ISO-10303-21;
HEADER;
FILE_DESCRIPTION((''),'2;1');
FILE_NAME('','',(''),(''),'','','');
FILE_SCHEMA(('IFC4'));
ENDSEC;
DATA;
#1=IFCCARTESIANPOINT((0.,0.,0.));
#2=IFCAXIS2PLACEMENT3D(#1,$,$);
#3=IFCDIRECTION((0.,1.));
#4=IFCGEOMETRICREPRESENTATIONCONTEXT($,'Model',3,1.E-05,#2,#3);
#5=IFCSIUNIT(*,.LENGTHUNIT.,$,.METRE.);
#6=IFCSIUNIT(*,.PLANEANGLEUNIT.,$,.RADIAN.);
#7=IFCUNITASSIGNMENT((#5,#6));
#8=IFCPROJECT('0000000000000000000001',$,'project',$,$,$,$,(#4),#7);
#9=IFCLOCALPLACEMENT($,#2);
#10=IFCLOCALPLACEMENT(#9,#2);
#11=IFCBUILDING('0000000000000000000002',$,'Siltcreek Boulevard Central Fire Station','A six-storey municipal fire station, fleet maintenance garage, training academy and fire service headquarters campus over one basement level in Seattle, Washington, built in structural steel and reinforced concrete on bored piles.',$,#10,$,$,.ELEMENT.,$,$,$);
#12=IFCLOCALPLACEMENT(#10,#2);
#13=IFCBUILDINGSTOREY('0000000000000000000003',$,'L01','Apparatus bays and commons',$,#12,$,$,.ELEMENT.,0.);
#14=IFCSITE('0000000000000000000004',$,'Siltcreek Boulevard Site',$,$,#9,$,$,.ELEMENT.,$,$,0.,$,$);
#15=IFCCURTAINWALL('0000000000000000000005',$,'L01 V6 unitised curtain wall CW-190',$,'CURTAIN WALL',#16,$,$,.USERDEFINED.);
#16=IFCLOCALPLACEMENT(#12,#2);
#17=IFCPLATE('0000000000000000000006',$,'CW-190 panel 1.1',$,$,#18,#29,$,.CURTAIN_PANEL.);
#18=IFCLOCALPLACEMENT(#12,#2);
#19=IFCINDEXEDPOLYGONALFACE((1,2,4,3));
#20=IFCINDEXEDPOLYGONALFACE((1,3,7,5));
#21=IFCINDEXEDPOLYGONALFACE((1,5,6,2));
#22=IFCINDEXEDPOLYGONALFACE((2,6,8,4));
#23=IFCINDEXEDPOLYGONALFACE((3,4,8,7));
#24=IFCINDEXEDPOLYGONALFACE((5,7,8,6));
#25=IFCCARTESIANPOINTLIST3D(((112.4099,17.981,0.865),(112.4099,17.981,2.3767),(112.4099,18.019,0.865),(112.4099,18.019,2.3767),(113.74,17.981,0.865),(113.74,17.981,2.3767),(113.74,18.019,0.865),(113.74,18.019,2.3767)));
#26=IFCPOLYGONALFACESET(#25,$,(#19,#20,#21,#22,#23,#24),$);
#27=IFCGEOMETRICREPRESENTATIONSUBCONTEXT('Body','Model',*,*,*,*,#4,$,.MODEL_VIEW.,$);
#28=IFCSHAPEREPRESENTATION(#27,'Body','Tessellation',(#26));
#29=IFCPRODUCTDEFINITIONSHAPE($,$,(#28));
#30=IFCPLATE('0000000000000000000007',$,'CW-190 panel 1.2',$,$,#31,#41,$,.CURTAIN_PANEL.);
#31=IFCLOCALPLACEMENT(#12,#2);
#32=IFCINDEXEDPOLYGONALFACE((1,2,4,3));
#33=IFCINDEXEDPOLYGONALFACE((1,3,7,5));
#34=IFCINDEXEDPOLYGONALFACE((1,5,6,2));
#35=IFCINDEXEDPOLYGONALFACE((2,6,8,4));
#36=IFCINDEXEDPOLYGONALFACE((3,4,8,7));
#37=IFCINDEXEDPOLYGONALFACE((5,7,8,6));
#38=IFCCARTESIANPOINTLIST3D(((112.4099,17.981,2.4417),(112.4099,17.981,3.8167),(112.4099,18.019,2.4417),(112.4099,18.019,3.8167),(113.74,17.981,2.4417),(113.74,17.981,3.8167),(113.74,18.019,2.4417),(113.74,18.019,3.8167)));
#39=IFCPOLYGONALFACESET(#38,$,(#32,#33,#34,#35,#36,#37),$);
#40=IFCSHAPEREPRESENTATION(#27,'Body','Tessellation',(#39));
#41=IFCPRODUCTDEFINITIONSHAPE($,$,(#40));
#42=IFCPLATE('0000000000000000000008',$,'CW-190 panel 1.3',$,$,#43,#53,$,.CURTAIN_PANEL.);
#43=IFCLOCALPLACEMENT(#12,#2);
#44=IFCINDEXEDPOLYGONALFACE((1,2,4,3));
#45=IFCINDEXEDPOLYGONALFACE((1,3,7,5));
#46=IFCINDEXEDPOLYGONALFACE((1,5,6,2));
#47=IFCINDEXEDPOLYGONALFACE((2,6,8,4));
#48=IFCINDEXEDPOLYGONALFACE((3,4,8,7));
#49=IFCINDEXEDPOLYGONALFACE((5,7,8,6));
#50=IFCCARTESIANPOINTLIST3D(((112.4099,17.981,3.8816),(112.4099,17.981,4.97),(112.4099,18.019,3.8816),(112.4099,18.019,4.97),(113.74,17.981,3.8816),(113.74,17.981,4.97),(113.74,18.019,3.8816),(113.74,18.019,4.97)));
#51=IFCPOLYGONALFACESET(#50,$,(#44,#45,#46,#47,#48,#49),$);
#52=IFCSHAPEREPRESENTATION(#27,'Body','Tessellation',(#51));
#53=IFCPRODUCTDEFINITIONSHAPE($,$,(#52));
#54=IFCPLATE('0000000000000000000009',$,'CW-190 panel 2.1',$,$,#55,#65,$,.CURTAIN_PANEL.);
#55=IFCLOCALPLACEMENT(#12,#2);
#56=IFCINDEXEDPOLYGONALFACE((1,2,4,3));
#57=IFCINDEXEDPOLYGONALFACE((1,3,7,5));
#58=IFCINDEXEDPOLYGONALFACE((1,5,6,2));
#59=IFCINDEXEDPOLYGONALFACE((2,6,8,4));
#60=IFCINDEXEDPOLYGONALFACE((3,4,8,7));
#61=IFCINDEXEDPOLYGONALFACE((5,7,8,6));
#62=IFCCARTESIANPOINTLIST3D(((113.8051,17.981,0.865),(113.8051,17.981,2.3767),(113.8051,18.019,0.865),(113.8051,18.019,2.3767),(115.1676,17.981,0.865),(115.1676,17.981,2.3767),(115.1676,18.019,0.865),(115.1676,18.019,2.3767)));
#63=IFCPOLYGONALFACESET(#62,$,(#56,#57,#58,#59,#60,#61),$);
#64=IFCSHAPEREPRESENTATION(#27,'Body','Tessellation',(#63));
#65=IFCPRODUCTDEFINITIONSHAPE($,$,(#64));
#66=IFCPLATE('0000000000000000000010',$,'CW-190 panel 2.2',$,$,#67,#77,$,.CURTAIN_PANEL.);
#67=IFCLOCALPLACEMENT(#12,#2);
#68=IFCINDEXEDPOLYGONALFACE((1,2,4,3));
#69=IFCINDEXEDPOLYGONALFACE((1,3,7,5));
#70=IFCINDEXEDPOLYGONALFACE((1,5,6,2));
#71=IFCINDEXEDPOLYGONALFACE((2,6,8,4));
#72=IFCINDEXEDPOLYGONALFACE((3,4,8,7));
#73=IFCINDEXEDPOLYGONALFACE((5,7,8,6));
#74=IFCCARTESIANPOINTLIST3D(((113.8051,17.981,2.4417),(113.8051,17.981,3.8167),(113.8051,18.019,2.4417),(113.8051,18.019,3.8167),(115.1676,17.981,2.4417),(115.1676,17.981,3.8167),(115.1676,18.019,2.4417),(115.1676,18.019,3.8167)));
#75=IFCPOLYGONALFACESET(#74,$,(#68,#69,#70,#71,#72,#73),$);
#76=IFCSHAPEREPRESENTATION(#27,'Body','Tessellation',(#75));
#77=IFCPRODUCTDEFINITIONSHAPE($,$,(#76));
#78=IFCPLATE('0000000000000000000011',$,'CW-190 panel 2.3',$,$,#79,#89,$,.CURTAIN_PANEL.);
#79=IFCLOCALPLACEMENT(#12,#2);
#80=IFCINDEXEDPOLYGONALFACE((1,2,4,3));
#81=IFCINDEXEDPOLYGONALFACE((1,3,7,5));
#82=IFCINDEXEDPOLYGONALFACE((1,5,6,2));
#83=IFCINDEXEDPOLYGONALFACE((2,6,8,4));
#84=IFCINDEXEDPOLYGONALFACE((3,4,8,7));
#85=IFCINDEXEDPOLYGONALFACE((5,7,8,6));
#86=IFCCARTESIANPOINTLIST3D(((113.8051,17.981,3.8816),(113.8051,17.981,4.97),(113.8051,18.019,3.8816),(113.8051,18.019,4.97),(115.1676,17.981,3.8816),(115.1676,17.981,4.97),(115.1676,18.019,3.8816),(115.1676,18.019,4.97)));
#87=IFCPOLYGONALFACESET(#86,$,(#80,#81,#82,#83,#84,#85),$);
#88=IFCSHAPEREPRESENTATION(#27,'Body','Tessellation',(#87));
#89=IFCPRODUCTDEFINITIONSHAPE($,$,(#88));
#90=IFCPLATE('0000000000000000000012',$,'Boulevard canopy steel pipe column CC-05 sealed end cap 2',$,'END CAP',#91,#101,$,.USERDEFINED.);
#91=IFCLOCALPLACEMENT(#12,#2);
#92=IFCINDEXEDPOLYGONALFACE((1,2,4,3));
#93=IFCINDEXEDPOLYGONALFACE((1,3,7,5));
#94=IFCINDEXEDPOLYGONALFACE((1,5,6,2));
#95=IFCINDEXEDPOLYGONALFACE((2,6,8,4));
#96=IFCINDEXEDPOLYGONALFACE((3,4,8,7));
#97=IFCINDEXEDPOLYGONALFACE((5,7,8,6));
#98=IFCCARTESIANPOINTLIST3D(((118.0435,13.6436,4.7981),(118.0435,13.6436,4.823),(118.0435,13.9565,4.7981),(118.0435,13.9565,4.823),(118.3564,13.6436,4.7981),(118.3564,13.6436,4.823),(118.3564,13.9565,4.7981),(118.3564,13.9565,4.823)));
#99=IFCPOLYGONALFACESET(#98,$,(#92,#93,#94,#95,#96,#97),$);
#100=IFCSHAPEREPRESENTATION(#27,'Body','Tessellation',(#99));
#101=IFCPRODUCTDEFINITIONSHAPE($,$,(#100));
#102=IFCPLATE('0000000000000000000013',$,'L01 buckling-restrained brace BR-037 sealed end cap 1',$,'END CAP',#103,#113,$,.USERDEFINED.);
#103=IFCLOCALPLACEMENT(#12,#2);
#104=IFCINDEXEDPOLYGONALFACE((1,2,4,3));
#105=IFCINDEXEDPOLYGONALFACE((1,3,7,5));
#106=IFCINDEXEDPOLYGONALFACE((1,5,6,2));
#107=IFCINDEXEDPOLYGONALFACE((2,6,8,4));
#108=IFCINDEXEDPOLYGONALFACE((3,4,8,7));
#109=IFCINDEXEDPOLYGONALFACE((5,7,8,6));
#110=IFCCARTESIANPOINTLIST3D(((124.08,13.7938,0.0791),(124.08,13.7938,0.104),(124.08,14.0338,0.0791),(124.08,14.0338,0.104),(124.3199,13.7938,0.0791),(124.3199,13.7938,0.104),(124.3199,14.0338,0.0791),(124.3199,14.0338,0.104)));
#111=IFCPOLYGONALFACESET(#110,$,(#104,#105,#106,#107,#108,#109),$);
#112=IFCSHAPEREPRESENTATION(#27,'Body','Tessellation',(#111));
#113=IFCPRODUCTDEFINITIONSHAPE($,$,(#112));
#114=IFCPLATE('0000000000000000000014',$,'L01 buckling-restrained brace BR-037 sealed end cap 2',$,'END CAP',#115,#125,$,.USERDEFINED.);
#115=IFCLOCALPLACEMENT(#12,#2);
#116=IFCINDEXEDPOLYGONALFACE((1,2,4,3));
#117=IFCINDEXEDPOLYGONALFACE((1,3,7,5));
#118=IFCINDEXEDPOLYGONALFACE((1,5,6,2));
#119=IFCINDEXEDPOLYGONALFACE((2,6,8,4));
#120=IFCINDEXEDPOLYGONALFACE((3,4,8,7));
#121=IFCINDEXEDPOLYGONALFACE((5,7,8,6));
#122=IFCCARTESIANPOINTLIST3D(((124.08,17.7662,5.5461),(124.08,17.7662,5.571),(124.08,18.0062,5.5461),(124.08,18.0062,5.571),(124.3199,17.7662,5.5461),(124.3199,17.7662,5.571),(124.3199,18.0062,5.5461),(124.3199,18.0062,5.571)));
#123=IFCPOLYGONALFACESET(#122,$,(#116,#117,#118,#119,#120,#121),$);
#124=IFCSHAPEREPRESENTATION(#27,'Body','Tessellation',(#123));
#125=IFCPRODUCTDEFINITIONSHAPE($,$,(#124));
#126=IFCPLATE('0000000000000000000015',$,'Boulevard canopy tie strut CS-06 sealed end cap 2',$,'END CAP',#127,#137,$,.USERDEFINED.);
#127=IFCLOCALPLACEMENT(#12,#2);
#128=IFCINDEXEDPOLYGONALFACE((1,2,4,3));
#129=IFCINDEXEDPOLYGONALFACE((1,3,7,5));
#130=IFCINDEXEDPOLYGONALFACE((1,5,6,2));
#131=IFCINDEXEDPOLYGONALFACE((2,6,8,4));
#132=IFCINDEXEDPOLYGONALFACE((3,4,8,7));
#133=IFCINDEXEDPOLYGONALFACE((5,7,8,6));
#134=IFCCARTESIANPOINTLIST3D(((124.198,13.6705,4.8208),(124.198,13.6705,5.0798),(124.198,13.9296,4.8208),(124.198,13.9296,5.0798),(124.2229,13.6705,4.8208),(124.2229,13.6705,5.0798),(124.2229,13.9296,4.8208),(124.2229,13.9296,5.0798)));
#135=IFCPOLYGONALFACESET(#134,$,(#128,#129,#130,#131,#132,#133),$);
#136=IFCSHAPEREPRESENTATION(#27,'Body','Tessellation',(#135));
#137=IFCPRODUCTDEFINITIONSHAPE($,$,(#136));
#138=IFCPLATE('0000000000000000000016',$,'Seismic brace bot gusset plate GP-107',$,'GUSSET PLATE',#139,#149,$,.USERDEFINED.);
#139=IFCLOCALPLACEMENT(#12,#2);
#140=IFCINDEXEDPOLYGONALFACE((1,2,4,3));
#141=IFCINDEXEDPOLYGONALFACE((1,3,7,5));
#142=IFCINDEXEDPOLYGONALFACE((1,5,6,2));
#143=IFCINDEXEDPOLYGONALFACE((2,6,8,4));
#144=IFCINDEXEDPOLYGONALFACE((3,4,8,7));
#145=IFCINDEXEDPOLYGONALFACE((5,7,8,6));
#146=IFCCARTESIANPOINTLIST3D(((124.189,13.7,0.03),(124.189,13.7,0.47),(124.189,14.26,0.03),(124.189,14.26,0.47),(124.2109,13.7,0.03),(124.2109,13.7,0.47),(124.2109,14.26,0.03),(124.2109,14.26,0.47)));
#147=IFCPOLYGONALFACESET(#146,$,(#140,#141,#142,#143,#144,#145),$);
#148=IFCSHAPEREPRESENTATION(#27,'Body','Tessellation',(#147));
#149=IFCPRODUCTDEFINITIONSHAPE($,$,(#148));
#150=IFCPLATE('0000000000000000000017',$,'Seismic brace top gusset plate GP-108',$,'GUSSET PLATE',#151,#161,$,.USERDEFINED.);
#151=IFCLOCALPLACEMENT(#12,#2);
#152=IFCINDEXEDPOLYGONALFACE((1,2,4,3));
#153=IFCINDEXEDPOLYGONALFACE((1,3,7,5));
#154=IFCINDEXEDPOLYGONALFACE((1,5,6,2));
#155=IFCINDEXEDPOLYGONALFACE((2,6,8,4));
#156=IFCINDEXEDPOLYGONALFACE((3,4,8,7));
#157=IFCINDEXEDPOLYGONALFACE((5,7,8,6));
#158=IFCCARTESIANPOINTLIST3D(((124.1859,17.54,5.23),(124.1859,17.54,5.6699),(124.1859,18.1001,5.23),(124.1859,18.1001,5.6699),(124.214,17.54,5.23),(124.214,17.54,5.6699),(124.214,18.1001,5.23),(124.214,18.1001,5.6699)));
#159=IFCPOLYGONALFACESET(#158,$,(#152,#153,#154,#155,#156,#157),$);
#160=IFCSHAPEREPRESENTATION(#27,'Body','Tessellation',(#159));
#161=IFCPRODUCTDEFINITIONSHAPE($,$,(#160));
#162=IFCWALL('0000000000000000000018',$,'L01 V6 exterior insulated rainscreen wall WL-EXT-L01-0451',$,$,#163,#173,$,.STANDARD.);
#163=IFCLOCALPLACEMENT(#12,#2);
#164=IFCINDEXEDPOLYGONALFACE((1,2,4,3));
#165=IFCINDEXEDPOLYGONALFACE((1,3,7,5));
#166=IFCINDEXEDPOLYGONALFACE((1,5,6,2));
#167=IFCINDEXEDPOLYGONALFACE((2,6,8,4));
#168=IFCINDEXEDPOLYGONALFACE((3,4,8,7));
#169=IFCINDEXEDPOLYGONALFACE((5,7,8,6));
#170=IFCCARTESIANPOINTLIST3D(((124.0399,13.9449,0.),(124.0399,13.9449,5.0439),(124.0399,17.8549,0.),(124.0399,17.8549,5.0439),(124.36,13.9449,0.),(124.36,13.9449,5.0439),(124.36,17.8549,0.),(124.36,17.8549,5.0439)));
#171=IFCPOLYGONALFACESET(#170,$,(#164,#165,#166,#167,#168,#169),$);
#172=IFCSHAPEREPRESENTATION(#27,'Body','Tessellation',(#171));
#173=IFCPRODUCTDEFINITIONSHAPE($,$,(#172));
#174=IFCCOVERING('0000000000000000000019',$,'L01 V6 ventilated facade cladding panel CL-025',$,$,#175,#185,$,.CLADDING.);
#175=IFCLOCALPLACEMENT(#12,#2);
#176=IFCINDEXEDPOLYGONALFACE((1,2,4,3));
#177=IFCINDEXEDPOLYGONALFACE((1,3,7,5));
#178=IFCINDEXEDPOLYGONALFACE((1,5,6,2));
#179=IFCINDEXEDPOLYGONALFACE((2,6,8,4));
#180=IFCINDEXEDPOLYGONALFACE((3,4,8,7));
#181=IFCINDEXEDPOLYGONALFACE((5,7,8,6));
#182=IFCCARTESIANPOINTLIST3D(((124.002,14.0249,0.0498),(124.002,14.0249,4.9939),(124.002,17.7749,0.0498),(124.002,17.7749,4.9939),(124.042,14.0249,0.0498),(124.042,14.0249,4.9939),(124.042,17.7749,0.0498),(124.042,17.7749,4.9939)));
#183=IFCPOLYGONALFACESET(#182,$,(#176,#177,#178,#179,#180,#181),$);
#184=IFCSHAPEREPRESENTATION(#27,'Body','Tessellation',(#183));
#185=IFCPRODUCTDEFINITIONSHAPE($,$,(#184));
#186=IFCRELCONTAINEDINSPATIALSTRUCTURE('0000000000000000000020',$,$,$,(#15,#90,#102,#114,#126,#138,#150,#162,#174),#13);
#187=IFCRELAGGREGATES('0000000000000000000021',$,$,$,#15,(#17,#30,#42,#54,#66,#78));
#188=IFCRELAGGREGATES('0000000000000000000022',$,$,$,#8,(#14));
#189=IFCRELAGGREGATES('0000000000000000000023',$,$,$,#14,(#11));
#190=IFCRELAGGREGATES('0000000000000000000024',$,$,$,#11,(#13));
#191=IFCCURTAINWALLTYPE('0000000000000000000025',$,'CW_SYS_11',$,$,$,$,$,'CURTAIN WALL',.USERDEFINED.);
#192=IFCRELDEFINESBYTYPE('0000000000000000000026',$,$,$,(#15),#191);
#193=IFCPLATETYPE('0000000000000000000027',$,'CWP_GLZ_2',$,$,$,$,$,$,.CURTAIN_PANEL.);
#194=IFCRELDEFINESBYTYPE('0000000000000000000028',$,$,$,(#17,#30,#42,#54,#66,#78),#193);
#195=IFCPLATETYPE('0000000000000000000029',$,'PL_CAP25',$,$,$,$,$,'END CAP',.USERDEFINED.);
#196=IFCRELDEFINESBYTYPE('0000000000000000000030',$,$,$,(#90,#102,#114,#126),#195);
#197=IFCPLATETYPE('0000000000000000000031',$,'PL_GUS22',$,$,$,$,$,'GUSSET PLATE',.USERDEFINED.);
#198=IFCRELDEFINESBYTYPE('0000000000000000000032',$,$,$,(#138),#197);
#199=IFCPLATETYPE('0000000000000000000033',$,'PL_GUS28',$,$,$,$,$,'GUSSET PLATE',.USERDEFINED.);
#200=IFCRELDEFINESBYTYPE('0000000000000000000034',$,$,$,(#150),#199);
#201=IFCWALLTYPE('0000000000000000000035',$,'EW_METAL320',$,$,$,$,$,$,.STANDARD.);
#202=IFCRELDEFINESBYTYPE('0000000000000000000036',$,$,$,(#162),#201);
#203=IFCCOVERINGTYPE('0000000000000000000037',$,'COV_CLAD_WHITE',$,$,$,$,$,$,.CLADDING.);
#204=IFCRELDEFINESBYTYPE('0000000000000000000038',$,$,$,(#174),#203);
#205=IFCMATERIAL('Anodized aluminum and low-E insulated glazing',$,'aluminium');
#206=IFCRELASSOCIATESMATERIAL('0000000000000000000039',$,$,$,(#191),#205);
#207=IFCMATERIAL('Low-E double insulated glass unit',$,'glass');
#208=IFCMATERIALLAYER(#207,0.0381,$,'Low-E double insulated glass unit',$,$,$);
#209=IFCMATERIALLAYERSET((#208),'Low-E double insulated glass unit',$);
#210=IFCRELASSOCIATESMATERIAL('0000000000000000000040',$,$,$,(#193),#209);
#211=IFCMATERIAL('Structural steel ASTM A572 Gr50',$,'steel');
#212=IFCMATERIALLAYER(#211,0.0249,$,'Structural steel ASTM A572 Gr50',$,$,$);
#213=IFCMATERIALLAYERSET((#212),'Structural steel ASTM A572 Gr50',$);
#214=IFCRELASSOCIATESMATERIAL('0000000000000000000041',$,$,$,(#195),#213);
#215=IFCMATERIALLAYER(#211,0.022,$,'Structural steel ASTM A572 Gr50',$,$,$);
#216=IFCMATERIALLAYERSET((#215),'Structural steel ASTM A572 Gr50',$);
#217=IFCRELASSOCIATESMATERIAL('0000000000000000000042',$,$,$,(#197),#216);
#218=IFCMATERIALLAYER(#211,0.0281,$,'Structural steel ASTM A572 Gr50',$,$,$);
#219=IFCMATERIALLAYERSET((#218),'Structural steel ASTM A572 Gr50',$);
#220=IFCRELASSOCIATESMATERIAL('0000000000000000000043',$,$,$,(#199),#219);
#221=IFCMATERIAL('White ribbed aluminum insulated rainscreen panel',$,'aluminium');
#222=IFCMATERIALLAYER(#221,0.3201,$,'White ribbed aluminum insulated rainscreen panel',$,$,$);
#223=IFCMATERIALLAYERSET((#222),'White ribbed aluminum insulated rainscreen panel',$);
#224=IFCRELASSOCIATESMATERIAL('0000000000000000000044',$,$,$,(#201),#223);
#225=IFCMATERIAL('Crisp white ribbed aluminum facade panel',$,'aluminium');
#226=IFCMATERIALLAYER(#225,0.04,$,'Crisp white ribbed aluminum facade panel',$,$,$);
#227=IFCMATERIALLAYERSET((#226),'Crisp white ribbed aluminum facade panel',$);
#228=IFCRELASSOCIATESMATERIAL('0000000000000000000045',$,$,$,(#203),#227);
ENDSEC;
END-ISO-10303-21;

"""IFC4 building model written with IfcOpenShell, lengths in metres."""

from ifc_helpers import new_model, si_unit, direction, frame, frame_2d, origin, origin_2d, place, context, subcontext, project, spatial, rectangle, extrude, material, layer, layer_set, type_object, element, aggregate, save


model = new_model("IFC4")

# Units and contexts
model_context = context("Model", 3, precision=1e-05, world=origin(), true_north=direction((0.0, 1.0)))
body_context = subcontext(model_context, "Body", "Model", "MODEL_VIEW")
ifc_project = project(units=[si_unit("LENGTHUNIT", "METRE"), si_unit("PLANEANGLEUNIT", "RADIAN")], contexts=[model_context])

# Site, building, storey
site_placement = place(None, origin())
site = spatial("IfcSite", under=ifc_project, at=site_placement, Name="Siltcreek Boulevard Site", CompositionType="ELEMENT", RefElevation=0.0)
building_placement = place(site_placement, origin())
building = spatial("IfcBuilding", under=site, at=building_placement, Name="Siltcreek Boulevard Central Fire Station", Description="A six-storey municipal fire station, fleet maintenance garage, training academy and fire service headquarters campus over one basement level in Seattle, Washington, built in structural steel and reinforced concrete on bored piles.", CompositionType="ELEMENT")
storey_placement = place(building_placement, origin())
storey = spatial("IfcBuildingStorey", under=building, at=storey_placement, Name="L01", Description="Apparatus bays and commons", CompositionType="ELEMENT", Elevation=0.0)

# Curtain wall
ifc_material_1 = material(Name="Anodized aluminum and low-E insulated glazing", Category="aluminium")
curtain_wall_type = type_object("IfcCurtainWallType", Name="CW_SYS_11", ElementType="CURTAIN WALL", PredefinedType="USERDEFINED", material=ifc_material_1)
curtain_wall_placement = place(storey_placement, origin())
curtain_wall = element("IfcCurtainWall", 1, at=curtain_wall_placement, inside=storey, type_object=curtain_wall_type, Name="L01 V6 unitised curtain wall CW-190", ObjectType="CURTAIN WALL", PredefinedType="USERDEFINED")

# Plates
ifc_material_2 = material(Name="Low-E double insulated glass unit", Category="glass")
ifc_layer_1 = layer(ifc_material_2, 0.0381, Name="Low-E double insulated glass unit")
ifc_layer_set_1 = layer_set([ifc_layer_1], Name="Low-E double insulated glass unit")
plate_type_1 = type_object("IfcPlateType", Name="CWP_GLZ_2", PredefinedType="CURTAIN_PANEL", material=ifc_layer_set_1)
plate_1_placement = place(storey_placement, frame((113.075, 18.0, 0.865), z_axis=(0.0, 0.0, 1.0), x_axis=(1.0, 0.0, 0.0)))
plate_1 = element("IfcPlate", 2, at=plate_1_placement, type_object=plate_type_1, Name="CW-190 panel 1.1", PredefinedType="CURTAIN_PANEL", context=body_context, shape_type="SweptSolid", body=[
    extrude(rectangle(XDim=1.3301, YDim=0.0381, at=origin_2d()), origin(), (0.0, 0.0, 1.0), 1.5117),
])
plate_2_placement = place(storey_placement, frame((113.075, 18.0, 2.4417), z_axis=(0.0, 0.0, 1.0), x_axis=(1.0, 0.0, 0.0)))
plate_2 = element("IfcPlate", 3, at=plate_2_placement, type_object=plate_type_1, Name="CW-190 panel 1.2", PredefinedType="CURTAIN_PANEL", context=body_context, shape_type="SweptSolid", body=[
    extrude(rectangle(XDim=1.3301, YDim=0.0381, at=origin_2d()), origin(), (0.0, 0.0, 1.0), 1.375),
])
plate_3_placement = place(storey_placement, frame((113.075, 18.0, 3.8816), z_axis=(0.0, 0.0, 1.0), x_axis=(1.0, 0.0, 0.0)))
plate_3 = element("IfcPlate", 4, at=plate_3_placement, type_object=plate_type_1, Name="CW-190 panel 1.3", PredefinedType="CURTAIN_PANEL", context=body_context, shape_type="SweptSolid", body=[
    extrude(rectangle(XDim=1.3301, YDim=0.0381, at=origin_2d()), origin(), (0.0, 0.0, 1.0), 1.0884),
])
plate_4_placement = place(storey_placement, frame((114.4863, 18.0, 0.865), z_axis=(0.0, 0.0, 1.0), x_axis=(1.0, 0.0, 0.0)))
plate_4 = element("IfcPlate", 5, at=plate_4_placement, type_object=plate_type_1, Name="CW-190 panel 2.1", PredefinedType="CURTAIN_PANEL", context=body_context, shape_type="SweptSolid", body=[
    extrude(rectangle(XDim=1.3625, YDim=0.0381, at=origin_2d()), origin(), (0.0, 0.0, 1.0), 1.5117),
])
plate_5_placement = place(storey_placement, frame((114.4863, 18.0, 2.4417), z_axis=(0.0, 0.0, 1.0), x_axis=(1.0, 0.0, 0.0)))
plate_5 = element("IfcPlate", 6, at=plate_5_placement, type_object=plate_type_1, Name="CW-190 panel 2.2", PredefinedType="CURTAIN_PANEL", context=body_context, shape_type="SweptSolid", body=[
    extrude(rectangle(XDim=1.3625, YDim=0.0381, at=origin_2d()), origin(), (0.0, 0.0, 1.0), 1.375),
])
plate_6_placement = place(storey_placement, frame((114.4863, 18.0, 3.8816), z_axis=(0.0, 0.0, 1.0), x_axis=(1.0, 0.0, 0.0)))
plate_6 = element("IfcPlate", 7, at=plate_6_placement, type_object=plate_type_1, Name="CW-190 panel 2.3", PredefinedType="CURTAIN_PANEL", context=body_context, shape_type="SweptSolid", body=[
    extrude(rectangle(XDim=1.3625, YDim=0.0381, at=origin_2d()), origin(), (0.0, 0.0, 1.0), 1.0884),
])
aggregate(curtain_wall, [plate_1, plate_2, plate_3, plate_4, plate_5, plate_6])

# Plates
ifc_material_3 = material(Name="Structural steel ASTM A572 Gr50", Category="steel")
ifc_layer_2 = layer(ifc_material_3, 0.0249, Name="Structural steel ASTM A572 Gr50")
ifc_layer_set_2 = layer_set([ifc_layer_2], Name="Structural steel ASTM A572 Gr50")
plate_type_2 = type_object("IfcPlateType", Name="PL_CAP25", ElementType="END CAP", PredefinedType="USERDEFINED", material=ifc_layer_set_2)
plate_7_placement = place(storey_placement, frame((118.2, 13.8, 4.7981), z_axis=(0.0, 0.0, 1.0), x_axis=(1.0, 0.0, 0.0)))
element("IfcPlate", 8, at=plate_7_placement, inside=storey, type_object=plate_type_2, Name="Boulevard canopy steel pipe column CC-05 sealed end cap 2", ObjectType="END CAP", PredefinedType="USERDEFINED", context=body_context, shape_type="SweptSolid", body=[
    extrude(rectangle(XDim=0.313, YDim=0.313, at=origin_2d()), origin(), (0.0, 0.0, 1.0), 0.0249),
])
for number, where, z_axis, x_axis, name in (
    (9, (124.2, 13.9138, 0.0791), (0.0, 0.0, 1.0), (1.0, 0.0, 0.0), "L01 buckling-restrained brace BR-037 sealed end cap 1"),
    (10, (124.2, 17.8862, 5.5461), (0.0, 0.0, 1.0), (1.0, 0.0, 0.0), "L01 buckling-restrained brace BR-037 sealed end cap 2"),
):
    element("IfcPlate", number, at=place(storey_placement, frame(where, z_axis=z_axis, x_axis=x_axis)), inside=storey, type_object=plate_type_2, Name=name, ObjectType="END CAP", PredefinedType="USERDEFINED", context=body_context, shape_type="SweptSolid", body=[
        extrude(rectangle(XDim=0.24, YDim=0.24, at=origin_2d()), origin(), (0.0, 0.0, 1.0), 0.0249),
    ])
plate_8_placement = place(storey_placement, frame((124.2104, 13.8, 4.8208), z_axis=(0.0, 0.0, 1.0), x_axis=(1.0, 0.0, 0.0)))
element("IfcPlate", 11, at=plate_8_placement, inside=storey, type_object=plate_type_2, Name="Boulevard canopy tie strut CS-06 sealed end cap 2", ObjectType="END CAP", PredefinedType="USERDEFINED", context=body_context, shape_type="SweptSolid", body=[
    extrude(rectangle(XDim=0.0249, YDim=0.259, at=origin_2d()), origin(), (0.0, 0.0, 1.0), 0.259),
])
ifc_layer_3 = layer(ifc_material_3, 0.022, Name="Structural steel ASTM A572 Gr50")
ifc_layer_set_3 = layer_set([ifc_layer_3], Name="Structural steel ASTM A572 Gr50")
plate_type_3 = type_object("IfcPlateType", Name="PL_GUS22", ElementType="GUSSET PLATE", PredefinedType="USERDEFINED", material=ifc_layer_set_3)
plate_9_placement = place(storey_placement, frame((124.2, 13.98, 0.03), z_axis=(0.0, 0.0, 1.0), x_axis=(0.0, 1.0, 0.0)))
element("IfcPlate", 12, at=plate_9_placement, inside=storey, type_object=plate_type_3, Name="Seismic brace bot gusset plate GP-107", ObjectType="GUSSET PLATE", PredefinedType="USERDEFINED", context=body_context, shape_type="SweptSolid", body=[
    extrude(rectangle(XDim=0.5601, YDim=0.022, at=origin_2d()), origin(), (0.0, 0.0, 1.0), 0.4399),
])
ifc_layer_4 = layer(ifc_material_3, 0.0281, Name="Structural steel ASTM A572 Gr50")
ifc_layer_set_4 = layer_set([ifc_layer_4], Name="Structural steel ASTM A572 Gr50")
plate_type_4 = type_object("IfcPlateType", Name="PL_GUS28", ElementType="GUSSET PLATE", PredefinedType="USERDEFINED", material=ifc_layer_set_4)
plate_10_placement = place(storey_placement, frame((124.2, 17.8201, 5.23), z_axis=(0.0, 0.0, 1.0), x_axis=(0.0, 1.0, 0.0)))
element("IfcPlate", 13, at=plate_10_placement, inside=storey, type_object=plate_type_4, Name="Seismic brace top gusset plate GP-108", ObjectType="GUSSET PLATE", PredefinedType="USERDEFINED", context=body_context, shape_type="SweptSolid", body=[
    extrude(rectangle(XDim=0.5601, YDim=0.0281, at=origin_2d()), origin(), (0.0, 0.0, 1.0), 0.4399),
])

# Wall
ifc_material_4 = material(Name="White ribbed aluminum insulated rainscreen panel", Category="aluminium")
ifc_layer_5 = layer(ifc_material_4, 0.3201, Name="White ribbed aluminum insulated rainscreen panel")
ifc_layer_set_5 = layer_set([ifc_layer_5], Name="White ribbed aluminum insulated rainscreen panel")
wall_type = type_object("IfcWallType", Name="EW_METAL320", PredefinedType="STANDARD", material=ifc_layer_set_5)
wall_placement = place(storey_placement, frame((124.2, 17.855, 0.0), z_axis=(0.0, 0.0, 1.0), x_axis=(0.0, -1.0, 0.0)))
element("IfcWall", 14, at=wall_placement, inside=storey, type_object=wall_type, Name="L01 V6 exterior insulated rainscreen wall WL-EXT-L01-0451", PredefinedType="STANDARD", context=body_context, shape_type="SweptSolid", body=[
    extrude(rectangle(XDim=3.9099, YDim=0.3201, at=frame_2d((1.9551, 0.0))), origin(), (0.0, 0.0, 1.0), 5.0439),
])

# Covering
ifc_material_5 = material(Name="Crisp white ribbed aluminum facade panel", Category="aluminium")
ifc_layer_6 = layer(ifc_material_5, 0.04, Name="Crisp white ribbed aluminum facade panel")
ifc_layer_set_6 = layer_set([ifc_layer_6], Name="Crisp white ribbed aluminum facade panel")
covering_type = type_object("IfcCoveringType", Name="COV_CLAD_WHITE", PredefinedType="CLADDING", material=ifc_layer_set_6)
covering_placement = place(storey_placement, frame((124.022, 15.8999, 0.0498), z_axis=(0.0, 0.0, 1.0), x_axis=(0.0, -1.0, 0.0)))
element("IfcCovering", 15, at=covering_placement, inside=storey, type_object=covering_type, Name="L01 V6 ventilated facade cladding panel CL-025", PredefinedType="CLADDING", context=body_context, shape_type="SweptSolid", body=[
    extrude(rectangle(XDim=3.75, YDim=0.04, at=origin_2d()), origin(), (0.0, 0.0, 1.0), 4.9441),
])

save(model, "model.ifc")
